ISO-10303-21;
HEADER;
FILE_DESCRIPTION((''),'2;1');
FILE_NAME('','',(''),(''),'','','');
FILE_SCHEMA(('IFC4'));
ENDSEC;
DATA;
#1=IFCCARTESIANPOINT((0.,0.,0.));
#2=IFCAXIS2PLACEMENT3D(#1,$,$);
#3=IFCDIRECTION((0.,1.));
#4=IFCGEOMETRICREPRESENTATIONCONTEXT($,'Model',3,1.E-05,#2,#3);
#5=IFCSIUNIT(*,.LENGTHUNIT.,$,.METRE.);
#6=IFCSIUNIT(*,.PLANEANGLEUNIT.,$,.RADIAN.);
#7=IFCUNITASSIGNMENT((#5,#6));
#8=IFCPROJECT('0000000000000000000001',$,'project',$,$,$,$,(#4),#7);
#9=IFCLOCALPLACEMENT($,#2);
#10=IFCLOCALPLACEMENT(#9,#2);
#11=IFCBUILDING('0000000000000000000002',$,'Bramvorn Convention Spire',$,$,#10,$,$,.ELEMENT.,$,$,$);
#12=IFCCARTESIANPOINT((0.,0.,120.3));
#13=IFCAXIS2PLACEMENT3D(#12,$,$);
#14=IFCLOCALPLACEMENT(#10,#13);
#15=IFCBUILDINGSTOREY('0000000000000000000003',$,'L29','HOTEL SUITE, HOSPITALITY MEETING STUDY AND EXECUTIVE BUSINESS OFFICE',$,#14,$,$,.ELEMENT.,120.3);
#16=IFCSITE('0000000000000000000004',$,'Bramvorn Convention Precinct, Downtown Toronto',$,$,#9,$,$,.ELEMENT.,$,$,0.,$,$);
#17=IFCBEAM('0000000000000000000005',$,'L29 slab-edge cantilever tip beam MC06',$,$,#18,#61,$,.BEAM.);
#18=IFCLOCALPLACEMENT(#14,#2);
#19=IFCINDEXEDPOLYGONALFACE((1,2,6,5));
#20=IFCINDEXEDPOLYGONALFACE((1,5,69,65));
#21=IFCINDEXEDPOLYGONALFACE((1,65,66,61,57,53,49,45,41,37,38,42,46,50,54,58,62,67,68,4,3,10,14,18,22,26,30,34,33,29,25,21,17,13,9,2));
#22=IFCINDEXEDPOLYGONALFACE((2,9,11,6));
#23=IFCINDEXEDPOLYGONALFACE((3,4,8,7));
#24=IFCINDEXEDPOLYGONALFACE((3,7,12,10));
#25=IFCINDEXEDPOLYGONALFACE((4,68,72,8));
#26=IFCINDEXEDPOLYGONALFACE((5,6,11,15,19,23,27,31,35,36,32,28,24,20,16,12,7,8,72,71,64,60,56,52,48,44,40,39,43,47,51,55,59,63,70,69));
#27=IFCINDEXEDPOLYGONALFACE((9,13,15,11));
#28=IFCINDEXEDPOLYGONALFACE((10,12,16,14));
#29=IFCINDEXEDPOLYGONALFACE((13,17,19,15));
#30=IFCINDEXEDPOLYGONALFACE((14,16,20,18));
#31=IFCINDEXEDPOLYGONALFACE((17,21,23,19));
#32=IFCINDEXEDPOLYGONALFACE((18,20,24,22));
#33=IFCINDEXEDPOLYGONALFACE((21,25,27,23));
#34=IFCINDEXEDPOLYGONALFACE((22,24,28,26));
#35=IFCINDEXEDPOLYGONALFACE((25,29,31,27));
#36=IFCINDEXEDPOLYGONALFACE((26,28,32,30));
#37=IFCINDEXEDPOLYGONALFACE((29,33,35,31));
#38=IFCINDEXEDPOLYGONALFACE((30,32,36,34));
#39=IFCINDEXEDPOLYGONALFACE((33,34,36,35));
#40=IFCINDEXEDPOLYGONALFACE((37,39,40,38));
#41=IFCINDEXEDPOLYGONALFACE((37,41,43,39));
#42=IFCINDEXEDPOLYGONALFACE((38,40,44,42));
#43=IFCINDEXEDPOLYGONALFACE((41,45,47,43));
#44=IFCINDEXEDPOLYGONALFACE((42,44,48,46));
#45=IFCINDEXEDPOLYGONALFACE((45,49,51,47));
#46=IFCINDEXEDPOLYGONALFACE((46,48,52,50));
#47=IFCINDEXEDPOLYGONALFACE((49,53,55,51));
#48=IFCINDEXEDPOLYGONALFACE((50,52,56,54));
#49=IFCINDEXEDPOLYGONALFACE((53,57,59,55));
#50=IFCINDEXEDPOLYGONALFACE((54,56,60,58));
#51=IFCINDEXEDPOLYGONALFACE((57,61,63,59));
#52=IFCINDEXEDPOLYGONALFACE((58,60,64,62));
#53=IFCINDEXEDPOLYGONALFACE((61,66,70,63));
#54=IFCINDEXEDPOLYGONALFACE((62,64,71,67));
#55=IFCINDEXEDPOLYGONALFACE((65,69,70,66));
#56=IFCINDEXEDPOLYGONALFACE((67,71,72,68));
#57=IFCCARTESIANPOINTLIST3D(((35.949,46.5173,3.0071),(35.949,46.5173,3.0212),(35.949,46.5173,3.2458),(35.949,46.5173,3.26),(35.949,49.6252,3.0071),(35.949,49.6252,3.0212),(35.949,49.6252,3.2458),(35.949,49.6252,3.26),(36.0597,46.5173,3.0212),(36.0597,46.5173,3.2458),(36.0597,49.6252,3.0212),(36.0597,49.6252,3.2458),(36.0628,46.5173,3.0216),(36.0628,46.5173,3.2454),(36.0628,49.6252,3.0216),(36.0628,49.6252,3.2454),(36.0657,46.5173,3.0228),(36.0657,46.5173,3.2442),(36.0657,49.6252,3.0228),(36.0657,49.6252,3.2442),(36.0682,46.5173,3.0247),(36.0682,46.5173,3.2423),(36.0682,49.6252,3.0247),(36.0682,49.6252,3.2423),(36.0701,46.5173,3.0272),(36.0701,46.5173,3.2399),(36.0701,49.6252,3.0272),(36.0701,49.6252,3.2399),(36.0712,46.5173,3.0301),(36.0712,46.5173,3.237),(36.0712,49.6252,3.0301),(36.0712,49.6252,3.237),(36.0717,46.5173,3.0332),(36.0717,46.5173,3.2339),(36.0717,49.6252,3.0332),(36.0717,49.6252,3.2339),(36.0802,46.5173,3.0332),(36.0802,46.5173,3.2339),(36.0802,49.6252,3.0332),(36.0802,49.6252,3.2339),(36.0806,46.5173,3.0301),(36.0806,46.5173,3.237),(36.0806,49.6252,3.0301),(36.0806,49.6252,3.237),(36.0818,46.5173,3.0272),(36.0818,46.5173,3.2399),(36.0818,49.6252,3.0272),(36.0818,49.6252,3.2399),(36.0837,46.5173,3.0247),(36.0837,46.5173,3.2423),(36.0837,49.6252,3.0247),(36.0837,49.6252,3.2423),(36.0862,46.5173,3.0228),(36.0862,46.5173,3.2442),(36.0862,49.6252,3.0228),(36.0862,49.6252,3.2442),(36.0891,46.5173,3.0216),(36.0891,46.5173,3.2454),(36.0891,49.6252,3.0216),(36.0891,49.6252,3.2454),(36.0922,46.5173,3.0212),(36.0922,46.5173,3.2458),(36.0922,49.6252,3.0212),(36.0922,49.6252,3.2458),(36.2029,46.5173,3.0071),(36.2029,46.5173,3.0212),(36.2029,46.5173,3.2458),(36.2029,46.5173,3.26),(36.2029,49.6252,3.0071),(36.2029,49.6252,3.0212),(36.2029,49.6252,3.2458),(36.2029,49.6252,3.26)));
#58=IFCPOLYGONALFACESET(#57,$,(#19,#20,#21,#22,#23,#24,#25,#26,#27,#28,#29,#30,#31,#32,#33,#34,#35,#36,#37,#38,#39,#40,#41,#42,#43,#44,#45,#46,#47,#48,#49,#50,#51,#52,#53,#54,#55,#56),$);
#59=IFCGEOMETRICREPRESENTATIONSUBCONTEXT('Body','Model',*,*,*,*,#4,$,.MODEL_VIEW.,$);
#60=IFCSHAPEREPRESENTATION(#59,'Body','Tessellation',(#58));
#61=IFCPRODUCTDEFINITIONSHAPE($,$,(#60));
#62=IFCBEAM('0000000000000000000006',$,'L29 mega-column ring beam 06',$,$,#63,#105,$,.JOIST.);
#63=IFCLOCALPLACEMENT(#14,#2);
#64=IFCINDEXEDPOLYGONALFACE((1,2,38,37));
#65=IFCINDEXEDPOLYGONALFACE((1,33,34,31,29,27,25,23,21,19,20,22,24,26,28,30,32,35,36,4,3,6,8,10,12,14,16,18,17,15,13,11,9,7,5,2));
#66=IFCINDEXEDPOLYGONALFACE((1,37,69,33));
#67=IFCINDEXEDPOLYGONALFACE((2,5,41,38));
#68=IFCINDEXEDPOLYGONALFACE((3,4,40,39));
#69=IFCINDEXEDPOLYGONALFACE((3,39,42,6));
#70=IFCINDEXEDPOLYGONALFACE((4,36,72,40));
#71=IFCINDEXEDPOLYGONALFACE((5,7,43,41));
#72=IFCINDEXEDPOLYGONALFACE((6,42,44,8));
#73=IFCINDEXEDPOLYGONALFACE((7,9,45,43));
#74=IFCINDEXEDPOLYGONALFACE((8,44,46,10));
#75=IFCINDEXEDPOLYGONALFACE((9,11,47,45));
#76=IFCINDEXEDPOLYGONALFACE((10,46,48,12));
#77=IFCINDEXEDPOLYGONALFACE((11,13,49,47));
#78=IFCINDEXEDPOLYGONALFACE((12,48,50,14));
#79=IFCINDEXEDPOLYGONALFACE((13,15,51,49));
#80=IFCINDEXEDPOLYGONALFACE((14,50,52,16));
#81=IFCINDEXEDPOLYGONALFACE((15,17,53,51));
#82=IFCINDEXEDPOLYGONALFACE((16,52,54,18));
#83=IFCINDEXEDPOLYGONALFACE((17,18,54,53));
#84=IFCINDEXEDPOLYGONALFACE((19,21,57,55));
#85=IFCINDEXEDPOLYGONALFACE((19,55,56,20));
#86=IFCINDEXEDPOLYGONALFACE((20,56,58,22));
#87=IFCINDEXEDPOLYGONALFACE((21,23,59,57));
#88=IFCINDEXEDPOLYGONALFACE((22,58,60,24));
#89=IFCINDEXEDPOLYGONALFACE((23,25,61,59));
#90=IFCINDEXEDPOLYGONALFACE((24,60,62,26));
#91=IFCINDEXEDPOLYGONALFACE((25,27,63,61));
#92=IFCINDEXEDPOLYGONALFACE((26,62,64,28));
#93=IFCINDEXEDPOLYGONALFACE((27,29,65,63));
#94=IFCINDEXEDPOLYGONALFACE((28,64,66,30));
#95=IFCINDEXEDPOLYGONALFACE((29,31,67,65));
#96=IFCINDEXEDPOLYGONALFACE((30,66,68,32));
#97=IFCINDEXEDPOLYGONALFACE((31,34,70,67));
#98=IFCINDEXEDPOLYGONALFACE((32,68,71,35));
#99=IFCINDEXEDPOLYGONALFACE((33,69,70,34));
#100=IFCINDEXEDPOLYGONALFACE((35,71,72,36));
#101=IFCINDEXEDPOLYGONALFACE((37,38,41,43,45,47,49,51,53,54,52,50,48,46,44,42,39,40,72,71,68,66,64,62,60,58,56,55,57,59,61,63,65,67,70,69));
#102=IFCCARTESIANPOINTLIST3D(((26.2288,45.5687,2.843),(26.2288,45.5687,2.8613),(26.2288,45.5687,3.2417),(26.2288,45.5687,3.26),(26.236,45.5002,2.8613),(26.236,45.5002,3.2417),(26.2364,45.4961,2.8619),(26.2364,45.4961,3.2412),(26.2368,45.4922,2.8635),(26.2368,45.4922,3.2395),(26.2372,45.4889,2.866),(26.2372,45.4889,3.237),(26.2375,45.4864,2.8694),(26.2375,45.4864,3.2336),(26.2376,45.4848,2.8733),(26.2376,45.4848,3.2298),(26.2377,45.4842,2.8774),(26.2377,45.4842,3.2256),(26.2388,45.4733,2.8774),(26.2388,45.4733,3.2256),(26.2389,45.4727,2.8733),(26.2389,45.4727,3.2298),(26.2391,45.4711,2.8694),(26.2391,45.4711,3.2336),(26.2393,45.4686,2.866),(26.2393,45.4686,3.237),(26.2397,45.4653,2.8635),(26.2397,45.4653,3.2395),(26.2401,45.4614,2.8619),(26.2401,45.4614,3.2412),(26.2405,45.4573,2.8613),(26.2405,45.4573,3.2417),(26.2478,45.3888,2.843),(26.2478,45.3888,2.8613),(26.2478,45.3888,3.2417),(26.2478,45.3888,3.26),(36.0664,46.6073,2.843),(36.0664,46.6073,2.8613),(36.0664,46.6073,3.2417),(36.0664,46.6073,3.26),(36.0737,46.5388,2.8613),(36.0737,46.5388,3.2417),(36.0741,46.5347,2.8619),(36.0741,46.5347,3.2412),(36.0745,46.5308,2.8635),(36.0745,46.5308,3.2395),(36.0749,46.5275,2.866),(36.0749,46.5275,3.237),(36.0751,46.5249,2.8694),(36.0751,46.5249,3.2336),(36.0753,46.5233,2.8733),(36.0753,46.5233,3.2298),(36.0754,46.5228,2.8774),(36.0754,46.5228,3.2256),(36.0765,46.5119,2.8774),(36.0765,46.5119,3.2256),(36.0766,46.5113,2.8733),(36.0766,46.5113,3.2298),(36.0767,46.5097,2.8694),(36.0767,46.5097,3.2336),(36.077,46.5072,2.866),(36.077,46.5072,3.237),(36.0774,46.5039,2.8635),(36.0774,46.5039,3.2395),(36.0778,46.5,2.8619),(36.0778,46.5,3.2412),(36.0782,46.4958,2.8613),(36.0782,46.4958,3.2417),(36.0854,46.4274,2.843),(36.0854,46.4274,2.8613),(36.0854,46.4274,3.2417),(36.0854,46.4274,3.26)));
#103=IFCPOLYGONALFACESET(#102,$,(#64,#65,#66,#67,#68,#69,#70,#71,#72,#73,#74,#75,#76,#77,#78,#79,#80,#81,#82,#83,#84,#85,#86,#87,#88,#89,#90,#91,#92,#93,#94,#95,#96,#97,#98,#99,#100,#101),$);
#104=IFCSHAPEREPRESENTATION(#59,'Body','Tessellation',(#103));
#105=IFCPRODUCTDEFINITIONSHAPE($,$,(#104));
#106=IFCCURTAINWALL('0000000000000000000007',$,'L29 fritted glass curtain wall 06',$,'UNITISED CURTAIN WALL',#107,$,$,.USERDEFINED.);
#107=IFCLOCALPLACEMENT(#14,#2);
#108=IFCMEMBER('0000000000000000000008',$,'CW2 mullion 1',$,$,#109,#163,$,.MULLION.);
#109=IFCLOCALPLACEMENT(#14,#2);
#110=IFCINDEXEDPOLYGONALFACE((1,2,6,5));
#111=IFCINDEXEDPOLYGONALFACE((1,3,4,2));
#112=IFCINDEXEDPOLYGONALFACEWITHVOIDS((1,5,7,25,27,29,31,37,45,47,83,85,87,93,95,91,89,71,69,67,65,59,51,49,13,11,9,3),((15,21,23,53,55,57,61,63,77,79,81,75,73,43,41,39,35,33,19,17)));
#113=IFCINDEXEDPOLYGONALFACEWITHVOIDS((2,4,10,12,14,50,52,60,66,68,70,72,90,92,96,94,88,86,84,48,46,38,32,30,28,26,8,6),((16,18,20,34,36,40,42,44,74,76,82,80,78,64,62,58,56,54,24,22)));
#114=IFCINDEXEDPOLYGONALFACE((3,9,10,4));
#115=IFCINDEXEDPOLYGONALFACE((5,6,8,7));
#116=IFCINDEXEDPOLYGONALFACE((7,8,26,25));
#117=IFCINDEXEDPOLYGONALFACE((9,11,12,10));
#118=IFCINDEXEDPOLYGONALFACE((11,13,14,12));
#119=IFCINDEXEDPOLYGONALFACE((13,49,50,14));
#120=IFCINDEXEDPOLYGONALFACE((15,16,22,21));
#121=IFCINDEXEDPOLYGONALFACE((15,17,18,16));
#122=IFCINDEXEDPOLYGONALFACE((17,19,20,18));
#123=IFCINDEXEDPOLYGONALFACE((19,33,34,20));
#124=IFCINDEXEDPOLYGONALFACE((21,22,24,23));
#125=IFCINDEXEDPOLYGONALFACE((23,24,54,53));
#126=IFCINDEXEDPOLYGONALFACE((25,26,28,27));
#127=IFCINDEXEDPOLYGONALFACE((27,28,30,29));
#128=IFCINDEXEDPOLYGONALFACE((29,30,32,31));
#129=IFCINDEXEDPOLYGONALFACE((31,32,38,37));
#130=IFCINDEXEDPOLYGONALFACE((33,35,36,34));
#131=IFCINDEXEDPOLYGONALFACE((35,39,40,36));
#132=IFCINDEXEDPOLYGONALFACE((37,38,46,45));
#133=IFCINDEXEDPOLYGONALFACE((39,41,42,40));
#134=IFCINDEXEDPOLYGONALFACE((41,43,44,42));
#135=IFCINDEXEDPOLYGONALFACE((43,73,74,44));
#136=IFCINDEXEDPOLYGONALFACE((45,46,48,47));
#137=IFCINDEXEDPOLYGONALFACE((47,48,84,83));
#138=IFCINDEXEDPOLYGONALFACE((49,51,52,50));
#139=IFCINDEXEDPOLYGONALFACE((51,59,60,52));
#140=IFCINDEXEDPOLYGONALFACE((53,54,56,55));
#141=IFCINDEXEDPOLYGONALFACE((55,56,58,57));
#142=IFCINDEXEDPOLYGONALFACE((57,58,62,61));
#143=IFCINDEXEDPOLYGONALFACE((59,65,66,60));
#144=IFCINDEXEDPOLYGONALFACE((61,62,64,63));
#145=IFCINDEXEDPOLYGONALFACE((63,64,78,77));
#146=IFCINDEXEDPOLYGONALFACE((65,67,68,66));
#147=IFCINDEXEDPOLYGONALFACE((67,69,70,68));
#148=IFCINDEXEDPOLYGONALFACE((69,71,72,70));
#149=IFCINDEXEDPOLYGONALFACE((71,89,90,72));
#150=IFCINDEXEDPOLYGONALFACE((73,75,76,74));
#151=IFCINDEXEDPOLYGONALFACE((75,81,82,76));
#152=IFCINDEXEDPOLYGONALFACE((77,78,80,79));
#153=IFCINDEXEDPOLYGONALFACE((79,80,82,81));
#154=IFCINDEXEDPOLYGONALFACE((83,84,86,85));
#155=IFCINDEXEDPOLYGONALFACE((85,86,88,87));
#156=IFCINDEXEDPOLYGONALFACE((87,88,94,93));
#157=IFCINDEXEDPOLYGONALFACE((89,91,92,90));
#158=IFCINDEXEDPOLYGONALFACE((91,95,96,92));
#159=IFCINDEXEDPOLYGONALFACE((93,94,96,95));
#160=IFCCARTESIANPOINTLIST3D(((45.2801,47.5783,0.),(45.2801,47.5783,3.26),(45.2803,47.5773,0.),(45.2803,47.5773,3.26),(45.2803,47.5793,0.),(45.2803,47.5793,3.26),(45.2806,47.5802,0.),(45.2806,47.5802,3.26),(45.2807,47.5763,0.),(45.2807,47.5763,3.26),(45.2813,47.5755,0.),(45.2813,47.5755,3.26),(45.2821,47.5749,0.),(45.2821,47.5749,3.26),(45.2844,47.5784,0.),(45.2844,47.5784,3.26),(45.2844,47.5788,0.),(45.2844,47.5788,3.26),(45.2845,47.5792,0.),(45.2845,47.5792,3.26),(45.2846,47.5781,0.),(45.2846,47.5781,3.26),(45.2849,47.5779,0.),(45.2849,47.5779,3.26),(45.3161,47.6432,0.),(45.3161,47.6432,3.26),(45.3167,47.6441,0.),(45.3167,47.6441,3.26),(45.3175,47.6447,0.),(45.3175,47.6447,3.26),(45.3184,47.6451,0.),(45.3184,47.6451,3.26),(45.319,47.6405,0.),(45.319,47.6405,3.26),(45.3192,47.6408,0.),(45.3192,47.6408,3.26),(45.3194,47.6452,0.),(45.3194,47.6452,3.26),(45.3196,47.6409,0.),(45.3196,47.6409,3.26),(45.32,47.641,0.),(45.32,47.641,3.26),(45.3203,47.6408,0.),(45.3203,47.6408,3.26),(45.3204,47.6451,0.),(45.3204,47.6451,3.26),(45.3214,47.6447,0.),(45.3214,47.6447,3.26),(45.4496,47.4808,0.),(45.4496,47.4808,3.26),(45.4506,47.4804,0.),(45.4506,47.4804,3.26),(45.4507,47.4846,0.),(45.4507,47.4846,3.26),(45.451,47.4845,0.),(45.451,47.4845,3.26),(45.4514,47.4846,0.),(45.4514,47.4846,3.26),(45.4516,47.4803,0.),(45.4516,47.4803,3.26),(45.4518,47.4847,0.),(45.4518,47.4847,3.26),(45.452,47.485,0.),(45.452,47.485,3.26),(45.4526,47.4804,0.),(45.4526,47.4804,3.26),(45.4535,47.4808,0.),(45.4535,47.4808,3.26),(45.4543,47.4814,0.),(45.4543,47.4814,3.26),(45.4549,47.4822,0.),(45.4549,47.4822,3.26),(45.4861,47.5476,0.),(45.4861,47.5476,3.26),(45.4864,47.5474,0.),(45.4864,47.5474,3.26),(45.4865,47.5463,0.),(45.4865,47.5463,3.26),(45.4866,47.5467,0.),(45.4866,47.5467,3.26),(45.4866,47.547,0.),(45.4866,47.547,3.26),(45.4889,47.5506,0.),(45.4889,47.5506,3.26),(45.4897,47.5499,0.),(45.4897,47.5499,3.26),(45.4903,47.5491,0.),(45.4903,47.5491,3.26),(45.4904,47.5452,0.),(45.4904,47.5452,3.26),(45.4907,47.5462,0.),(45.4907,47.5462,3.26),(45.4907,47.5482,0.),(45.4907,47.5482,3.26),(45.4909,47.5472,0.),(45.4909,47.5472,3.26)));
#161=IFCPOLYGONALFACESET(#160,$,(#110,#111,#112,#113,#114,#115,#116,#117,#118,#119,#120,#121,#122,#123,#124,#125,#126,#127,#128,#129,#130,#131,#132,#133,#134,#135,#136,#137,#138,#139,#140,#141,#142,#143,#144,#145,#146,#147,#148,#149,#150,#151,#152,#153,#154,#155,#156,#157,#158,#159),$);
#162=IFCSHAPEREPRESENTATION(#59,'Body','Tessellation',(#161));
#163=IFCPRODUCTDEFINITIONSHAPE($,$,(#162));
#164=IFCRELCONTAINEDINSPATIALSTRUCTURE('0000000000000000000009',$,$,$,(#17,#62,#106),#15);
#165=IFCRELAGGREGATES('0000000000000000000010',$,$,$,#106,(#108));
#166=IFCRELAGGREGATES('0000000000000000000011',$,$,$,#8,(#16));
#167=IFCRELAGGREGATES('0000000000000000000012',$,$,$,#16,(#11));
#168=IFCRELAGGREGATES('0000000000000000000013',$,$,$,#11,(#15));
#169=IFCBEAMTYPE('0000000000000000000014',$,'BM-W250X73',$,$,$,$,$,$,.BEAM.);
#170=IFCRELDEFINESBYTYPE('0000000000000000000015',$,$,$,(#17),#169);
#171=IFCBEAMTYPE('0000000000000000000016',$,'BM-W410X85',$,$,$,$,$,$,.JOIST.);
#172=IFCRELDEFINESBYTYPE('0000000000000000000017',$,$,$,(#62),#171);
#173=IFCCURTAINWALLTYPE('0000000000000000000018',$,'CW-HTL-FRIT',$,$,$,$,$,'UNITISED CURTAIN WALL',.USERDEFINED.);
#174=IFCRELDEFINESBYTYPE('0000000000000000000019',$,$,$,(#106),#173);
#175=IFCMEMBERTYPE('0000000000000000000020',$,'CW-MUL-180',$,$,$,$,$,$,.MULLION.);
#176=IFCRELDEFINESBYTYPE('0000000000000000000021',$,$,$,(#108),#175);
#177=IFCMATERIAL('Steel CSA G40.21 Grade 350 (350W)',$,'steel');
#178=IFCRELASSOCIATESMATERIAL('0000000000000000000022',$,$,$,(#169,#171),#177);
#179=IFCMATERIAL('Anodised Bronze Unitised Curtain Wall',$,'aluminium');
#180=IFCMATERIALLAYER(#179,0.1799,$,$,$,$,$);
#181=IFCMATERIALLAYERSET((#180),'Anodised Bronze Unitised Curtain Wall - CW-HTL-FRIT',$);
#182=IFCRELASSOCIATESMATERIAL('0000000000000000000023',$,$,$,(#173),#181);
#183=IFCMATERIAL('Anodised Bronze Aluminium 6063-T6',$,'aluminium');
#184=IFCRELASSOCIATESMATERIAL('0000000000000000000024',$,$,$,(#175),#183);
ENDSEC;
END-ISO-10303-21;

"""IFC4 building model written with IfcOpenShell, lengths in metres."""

from ifc_helpers import new_model, si_unit, direction, frame, origin, origin_2d, place, context, subcontext, project, spatial, hollow_rectangle, i_section, extrude, material, layer, layer_set, material_profile, profile_set, type_object, element, aggregate, save


model = new_model("IFC4")

# Units and contexts
model_context = context("Model", 3, precision=1e-05, world=origin(), true_north=direction((0.0, 1.0)))
body_context = subcontext(model_context, "Body", "Model", "MODEL_VIEW")
ifc_project = project(units=[si_unit("LENGTHUNIT", "METRE"), si_unit("PLANEANGLEUNIT", "RADIAN")], contexts=[model_context])

# Site, building, storey
site_placement = place(None, origin())
site = spatial("IfcSite", under=ifc_project, at=site_placement, Name="Bramvorn Convention Precinct, Downtown Toronto", CompositionType="ELEMENT", RefElevation=0.0)
building_placement = place(site_placement, origin())
building = spatial("IfcBuilding", under=site, at=building_placement, Name="Bramvorn Convention Spire", CompositionType="ELEMENT")
storey_placement = place(building_placement, frame((0.0, 0.0, 120.3)))
storey = spatial("IfcBuildingStorey", under=building, at=storey_placement, Name="L29", Description="HOTEL SUITE, HOSPITALITY MEETING STUDY AND EXECUTIVE BUSINESS OFFICE", CompositionType="ELEMENT", Elevation=120.3)

# Shared definitions
ifc_material_1 = material(Name="Steel CSA G40.21 Grade 350 (350W)", Category="steel")

# Beams
ifc_material_profile_1 = material_profile(ifc_material_1, i_section(OverallWidth=0.2539, OverallDepth=0.2529, WebThickness=0.0085, FlangeThickness=0.0142, FilletRadius=0.012, at=origin_2d()))
ifc_profile_set_1 = profile_set([ifc_material_profile_1], Name="Steel CSA G40.21 Grade 350 (350W) - W250X73")
beam_type_1 = type_object("IfcBeamType", Name="BM-W250X73", PredefinedType="BEAM", material=ifc_profile_set_1)
beam_1_placement = place(storey_placement, frame((36.0759, 46.5173, 3.1335), z_axis=(0.0, 1.0, 0.0), x_axis=(-1.0, 0.0, 0.0)))
element("IfcBeam", 1, at=beam_1_placement, inside=storey, type_object=beam_type_1, Name="L29 slab-edge cantilever tip beam MC06", PredefinedType="BEAM", context=body_context, shape_type="SweptSolid", body=[
    extrude(i_section(OverallWidth=0.2539, OverallDepth=0.2529, WebThickness=0.0085, FlangeThickness=0.0142, FilletRadius=0.012, at=origin_2d()), origin(), (0.0, 0.0, 1.0), 3.1079),
])
ifc_material_profile_2 = material_profile(ifc_material_1, i_section(OverallWidth=0.1809, OverallDepth=0.417, WebThickness=0.011, FlangeThickness=0.0183, FilletRadius=0.0161, at=origin_2d()))
ifc_profile_set_2 = profile_set([ifc_material_profile_2], Name="Steel CSA G40.21 Grade 350 (350W) - W410X85")
beam_type_2 = type_object("IfcBeamType", Name="BM-W410X85", PredefinedType="JOIST", material=ifc_profile_set_2)
beam_2_placement = place(storey_placement, frame((36.0759, 46.5173, 3.0515), z_axis=(-0.994473, -0.104988, 0.0), x_axis=(0.104988, -0.994473, 0.0)))
element("IfcBeam", 2, at=beam_2_placement, inside=storey, type_object=beam_type_2, Name="L29 mega-column ring beam 06", PredefinedType="JOIST", context=body_context, shape_type="SweptSolid", body=[
    extrude(i_section(OverallWidth=0.1809, OverallDepth=0.417, WebThickness=0.011, FlangeThickness=0.0183, FilletRadius=0.0161, at=origin_2d()), origin(), (0.0, 0.0, 1.0), 9.8923),
])

# Curtain wall, member
ifc_material_2 = material(Name="Anodised Bronze Unitised Curtain Wall", Category="aluminium")
ifc_layer_1 = layer(ifc_material_2, 0.1799)
ifc_layer_set_1 = layer_set([ifc_layer_1], Name="Anodised Bronze Unitised Curtain Wall - CW-HTL-FRIT")
curtain_wall_type = type_object("IfcCurtainWallType", Name="CW-HTL-FRIT", ElementType="UNITISED CURTAIN WALL", PredefinedType="USERDEFINED", material=ifc_layer_set_1)
curtain_wall_1_placement = place(storey_placement, origin())
curtain_wall_1 = element("IfcCurtainWall", 3, at=curtain_wall_1_placement, inside=storey, type_object=curtain_wall_type, Name="L29 fritted glass curtain wall 06", ObjectType="UNITISED CURTAIN WALL", PredefinedType="USERDEFINED")
ifc_material_3 = material(Name="Anodised Bronze Aluminium 6063-T6", Category="aluminium")
ifc_material_profile_3 = material_profile(ifc_material_3, hollow_rectangle(XDim=0.0801, YDim=0.2, WallThickness=0.0039, InnerFilletRadius=0.001, OuterFilletRadius=0.0039, at=origin_2d()))
ifc_profile_set_3 = profile_set([ifc_material_profile_3], Name="Anodised Bronze Aluminium 6063-T6 - CWM80X200")
member_type_1 = type_object("IfcMemberType", Name="CW-MUL-180", PredefinedType="MULLION", material=ifc_profile_set_3)
member_1_placement = place(storey_placement, frame((45.3855, 47.5627, 0.0), z_axis=(0.0, 0.0, 1.0), x_axis=(0.490113, 0.871659, 0.0)))
member_1 = element("IfcMember", 4, at=member_1_placement, type_object=member_type_1, Name="CW2 mullion 1", PredefinedType="MULLION", context=body_context, shape_type="SweptSolid", body=[
    extrude(hollow_rectangle(XDim=0.0801, YDim=0.2, WallThickness=0.0039, InnerFilletRadius=0.001, OuterFilletRadius=0.0039, at=origin_2d()), origin(), (0.0, 0.0, 1.0), 3.26),
])

aggregate(curtain_wall_1, [member_1])

save(model, "model.ifc")
